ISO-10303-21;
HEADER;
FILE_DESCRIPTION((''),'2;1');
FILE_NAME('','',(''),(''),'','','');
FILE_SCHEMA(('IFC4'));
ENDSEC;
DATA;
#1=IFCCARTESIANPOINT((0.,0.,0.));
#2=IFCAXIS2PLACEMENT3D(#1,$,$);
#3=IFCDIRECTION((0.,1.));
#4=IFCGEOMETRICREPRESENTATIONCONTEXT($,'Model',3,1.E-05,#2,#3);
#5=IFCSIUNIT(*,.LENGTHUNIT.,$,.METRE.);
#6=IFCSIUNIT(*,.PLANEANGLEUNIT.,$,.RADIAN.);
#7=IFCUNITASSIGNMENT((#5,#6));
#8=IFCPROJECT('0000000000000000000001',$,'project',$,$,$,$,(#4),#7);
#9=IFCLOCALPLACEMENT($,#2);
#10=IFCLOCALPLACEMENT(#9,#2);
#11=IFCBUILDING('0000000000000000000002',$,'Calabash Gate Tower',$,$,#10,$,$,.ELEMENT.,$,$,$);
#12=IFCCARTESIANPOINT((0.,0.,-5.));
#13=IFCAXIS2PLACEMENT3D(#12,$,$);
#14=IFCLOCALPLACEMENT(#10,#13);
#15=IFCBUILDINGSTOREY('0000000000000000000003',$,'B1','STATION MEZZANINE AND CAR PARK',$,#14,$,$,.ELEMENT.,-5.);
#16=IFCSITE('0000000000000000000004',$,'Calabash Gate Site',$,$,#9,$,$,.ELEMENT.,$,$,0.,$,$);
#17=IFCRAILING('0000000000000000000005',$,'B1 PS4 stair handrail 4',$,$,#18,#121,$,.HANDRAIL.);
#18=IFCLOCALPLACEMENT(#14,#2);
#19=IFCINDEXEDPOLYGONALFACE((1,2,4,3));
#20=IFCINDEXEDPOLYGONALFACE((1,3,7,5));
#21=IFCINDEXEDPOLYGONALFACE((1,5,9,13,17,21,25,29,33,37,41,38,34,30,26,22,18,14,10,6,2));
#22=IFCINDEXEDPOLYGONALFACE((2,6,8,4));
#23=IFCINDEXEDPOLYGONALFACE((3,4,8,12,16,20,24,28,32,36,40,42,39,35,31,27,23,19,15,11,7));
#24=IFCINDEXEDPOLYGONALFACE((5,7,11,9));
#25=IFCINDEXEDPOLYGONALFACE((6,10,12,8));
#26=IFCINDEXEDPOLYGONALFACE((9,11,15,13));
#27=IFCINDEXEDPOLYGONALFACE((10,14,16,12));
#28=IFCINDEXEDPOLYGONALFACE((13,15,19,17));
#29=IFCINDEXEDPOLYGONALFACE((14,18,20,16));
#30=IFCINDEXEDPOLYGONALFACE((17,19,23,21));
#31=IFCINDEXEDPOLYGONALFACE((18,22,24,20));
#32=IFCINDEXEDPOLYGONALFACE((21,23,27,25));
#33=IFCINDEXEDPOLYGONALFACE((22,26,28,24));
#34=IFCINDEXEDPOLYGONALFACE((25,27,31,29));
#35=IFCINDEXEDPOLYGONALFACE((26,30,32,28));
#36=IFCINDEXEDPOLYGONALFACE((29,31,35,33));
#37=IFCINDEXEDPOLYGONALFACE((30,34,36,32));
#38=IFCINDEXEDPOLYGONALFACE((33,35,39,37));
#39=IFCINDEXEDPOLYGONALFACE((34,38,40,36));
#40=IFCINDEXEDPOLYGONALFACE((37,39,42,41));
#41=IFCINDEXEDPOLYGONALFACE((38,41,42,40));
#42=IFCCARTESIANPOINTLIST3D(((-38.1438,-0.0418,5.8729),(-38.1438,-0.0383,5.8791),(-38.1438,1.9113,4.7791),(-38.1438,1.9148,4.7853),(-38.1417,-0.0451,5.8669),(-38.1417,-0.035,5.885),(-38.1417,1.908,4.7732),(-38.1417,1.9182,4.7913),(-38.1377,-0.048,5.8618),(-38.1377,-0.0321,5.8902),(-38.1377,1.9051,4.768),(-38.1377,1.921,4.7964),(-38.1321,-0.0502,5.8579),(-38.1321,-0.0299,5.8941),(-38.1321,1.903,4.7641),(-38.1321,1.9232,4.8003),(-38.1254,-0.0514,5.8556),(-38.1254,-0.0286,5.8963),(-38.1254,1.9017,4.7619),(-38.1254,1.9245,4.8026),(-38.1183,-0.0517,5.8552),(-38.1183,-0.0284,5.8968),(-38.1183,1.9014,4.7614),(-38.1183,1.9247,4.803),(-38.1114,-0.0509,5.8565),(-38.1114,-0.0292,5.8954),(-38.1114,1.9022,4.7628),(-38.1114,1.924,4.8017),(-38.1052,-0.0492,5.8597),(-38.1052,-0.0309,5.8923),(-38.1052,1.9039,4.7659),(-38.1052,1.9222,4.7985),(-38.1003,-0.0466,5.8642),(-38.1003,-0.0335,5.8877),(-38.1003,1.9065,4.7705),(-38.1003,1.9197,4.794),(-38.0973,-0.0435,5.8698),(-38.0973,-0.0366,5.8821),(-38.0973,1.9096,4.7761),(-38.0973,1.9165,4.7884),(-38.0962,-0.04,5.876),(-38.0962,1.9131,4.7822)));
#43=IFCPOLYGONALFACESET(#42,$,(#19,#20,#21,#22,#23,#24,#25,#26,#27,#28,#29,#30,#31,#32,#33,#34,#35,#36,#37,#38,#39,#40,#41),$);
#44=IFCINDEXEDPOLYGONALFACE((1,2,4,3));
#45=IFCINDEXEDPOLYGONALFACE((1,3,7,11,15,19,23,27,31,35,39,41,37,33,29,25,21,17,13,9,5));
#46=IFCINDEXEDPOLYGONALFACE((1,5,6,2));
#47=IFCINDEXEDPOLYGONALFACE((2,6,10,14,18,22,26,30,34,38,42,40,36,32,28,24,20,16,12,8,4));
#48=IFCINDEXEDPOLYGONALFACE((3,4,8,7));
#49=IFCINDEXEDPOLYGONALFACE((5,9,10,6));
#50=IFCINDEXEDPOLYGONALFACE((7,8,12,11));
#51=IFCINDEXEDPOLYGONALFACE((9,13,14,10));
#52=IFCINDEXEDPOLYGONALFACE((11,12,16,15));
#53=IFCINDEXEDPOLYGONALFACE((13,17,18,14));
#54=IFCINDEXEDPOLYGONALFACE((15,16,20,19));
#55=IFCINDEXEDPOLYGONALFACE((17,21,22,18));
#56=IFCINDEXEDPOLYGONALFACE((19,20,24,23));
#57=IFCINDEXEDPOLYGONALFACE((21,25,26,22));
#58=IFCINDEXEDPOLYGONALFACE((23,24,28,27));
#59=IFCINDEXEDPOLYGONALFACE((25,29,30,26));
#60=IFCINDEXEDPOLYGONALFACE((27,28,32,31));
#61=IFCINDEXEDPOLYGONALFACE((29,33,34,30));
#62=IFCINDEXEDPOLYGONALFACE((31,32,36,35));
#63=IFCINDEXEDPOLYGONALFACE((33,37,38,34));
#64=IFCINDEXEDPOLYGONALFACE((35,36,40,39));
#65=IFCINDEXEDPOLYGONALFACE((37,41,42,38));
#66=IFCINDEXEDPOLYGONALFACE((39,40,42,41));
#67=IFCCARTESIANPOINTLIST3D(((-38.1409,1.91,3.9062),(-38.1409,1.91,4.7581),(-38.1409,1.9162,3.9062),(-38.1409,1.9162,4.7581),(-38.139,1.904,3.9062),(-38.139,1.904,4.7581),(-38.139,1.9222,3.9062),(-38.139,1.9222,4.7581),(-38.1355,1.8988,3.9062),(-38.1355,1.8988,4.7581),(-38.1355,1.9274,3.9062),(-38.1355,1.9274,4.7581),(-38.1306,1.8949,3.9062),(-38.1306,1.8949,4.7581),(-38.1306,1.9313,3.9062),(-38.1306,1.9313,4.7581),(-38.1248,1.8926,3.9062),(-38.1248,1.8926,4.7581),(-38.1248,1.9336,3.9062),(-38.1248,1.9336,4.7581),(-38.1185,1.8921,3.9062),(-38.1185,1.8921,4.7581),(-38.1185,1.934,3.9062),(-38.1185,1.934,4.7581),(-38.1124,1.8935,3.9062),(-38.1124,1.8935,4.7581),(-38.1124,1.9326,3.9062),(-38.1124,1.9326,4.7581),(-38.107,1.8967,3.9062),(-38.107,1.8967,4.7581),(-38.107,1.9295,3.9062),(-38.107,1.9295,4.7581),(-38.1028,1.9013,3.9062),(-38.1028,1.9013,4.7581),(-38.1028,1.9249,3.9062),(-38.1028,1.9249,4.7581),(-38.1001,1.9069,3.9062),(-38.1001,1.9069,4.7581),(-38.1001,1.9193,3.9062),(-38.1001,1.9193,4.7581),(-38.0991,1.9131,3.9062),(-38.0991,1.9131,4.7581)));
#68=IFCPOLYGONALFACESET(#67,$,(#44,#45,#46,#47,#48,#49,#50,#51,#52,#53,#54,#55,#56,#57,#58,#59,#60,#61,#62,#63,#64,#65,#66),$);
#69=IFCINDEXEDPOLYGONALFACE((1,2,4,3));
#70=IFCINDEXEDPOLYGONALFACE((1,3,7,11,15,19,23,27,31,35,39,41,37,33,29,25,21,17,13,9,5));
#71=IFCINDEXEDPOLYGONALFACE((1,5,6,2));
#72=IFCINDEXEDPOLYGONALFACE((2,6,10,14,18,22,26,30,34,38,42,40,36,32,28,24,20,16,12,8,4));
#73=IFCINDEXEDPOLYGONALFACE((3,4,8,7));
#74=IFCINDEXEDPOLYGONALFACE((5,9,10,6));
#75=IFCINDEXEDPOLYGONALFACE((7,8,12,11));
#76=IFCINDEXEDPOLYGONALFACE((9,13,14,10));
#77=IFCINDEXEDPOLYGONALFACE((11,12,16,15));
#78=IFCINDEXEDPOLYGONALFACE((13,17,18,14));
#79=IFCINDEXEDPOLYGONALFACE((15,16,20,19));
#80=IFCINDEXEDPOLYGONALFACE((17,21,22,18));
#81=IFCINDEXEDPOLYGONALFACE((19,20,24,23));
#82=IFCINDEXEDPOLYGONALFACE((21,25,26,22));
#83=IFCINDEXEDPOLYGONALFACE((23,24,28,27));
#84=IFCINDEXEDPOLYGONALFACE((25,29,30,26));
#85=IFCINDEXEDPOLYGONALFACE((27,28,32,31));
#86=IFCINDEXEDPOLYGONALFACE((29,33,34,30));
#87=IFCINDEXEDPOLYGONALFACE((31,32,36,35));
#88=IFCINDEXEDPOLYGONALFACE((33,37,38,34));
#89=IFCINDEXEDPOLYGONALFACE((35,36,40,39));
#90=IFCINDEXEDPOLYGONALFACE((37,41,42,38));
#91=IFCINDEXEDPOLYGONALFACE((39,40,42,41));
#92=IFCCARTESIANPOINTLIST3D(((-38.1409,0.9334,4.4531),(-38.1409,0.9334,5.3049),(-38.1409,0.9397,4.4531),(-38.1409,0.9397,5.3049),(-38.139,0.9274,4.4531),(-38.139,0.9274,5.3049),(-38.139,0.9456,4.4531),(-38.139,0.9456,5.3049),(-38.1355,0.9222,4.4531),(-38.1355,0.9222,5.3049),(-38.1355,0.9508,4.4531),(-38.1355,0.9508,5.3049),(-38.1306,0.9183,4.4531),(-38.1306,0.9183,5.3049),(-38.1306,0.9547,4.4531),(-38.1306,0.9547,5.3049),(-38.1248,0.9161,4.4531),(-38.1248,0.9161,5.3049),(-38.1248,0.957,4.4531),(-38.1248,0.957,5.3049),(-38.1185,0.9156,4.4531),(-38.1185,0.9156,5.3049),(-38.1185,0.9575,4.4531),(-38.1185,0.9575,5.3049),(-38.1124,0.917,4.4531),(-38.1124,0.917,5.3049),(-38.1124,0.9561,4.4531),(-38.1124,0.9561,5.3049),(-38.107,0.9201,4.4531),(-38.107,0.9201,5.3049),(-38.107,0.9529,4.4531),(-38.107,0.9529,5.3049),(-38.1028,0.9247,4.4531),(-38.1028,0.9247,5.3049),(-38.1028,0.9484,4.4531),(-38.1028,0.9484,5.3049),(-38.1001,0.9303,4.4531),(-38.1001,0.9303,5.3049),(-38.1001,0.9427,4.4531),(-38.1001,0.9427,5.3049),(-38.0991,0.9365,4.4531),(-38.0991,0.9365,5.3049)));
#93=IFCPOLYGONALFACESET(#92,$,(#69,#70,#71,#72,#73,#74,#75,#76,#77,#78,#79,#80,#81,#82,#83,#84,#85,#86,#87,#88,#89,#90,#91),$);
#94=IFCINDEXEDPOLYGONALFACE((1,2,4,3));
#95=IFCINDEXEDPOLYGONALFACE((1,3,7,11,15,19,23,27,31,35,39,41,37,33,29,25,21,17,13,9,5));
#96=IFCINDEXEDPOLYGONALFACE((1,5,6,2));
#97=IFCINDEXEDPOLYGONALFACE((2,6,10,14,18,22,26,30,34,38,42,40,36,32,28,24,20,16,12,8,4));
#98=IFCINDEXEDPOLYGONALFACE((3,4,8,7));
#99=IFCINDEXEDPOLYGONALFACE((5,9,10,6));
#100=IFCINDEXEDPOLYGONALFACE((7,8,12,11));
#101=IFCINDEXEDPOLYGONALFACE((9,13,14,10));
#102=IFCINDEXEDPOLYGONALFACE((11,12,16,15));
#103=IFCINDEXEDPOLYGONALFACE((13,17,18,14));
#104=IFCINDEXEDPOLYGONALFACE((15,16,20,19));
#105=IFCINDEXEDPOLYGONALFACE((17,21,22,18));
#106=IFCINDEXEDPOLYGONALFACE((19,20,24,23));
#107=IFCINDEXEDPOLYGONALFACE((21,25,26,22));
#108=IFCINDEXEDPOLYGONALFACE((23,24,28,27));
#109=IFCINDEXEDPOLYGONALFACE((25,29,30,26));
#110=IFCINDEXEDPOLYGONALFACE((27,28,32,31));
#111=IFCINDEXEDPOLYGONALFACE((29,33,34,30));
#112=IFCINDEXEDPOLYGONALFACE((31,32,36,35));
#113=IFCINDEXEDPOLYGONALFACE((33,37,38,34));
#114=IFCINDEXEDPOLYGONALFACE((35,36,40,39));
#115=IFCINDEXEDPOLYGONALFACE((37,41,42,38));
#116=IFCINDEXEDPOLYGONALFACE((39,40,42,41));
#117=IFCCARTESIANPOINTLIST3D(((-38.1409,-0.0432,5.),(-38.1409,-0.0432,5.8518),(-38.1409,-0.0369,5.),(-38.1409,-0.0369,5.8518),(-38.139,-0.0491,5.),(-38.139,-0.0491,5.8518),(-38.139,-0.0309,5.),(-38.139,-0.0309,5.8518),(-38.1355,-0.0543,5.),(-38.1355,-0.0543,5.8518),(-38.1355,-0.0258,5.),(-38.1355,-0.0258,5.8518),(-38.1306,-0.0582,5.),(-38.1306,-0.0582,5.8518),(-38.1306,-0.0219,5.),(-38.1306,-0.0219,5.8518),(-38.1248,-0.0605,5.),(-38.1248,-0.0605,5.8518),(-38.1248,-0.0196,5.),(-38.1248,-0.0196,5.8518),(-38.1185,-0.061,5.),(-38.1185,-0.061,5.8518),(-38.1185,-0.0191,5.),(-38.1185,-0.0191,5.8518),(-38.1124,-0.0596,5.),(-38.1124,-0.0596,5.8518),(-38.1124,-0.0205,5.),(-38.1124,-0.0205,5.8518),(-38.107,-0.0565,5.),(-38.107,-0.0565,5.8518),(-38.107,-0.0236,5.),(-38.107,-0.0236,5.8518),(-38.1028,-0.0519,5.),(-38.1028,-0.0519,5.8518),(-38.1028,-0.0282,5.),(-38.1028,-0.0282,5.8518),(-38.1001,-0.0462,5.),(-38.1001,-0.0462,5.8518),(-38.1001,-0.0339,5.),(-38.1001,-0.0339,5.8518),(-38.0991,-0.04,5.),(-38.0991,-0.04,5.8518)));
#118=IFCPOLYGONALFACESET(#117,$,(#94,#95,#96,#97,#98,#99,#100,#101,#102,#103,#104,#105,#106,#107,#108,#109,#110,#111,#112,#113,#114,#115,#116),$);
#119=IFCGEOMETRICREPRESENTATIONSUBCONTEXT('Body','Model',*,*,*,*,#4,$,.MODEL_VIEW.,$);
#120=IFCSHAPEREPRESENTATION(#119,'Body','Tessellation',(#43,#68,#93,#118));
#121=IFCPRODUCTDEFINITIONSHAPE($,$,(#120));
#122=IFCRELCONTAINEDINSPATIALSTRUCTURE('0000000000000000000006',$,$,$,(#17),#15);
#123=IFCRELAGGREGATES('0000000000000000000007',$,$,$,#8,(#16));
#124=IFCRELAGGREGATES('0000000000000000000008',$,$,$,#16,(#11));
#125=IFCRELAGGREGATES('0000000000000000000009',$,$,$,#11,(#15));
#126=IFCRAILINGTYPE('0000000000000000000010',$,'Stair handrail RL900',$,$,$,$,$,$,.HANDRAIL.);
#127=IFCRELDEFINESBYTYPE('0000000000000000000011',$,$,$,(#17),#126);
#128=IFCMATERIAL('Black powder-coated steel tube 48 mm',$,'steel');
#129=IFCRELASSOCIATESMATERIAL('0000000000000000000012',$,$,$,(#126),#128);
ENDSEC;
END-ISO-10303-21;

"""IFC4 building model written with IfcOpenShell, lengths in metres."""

from ifc_helpers import new_model, si_unit, direction, frame, origin, origin_2d, place, context, subcontext, project, spatial, circle, extrude, material, type_object, element, save


model = new_model("IFC4")

# Units and contexts
model_context = context("Model", 3, precision=1e-05, world=origin(), true_north=direction((0.0, 1.0)))
body_context = subcontext(model_context, "Body", "Model", "MODEL_VIEW")
ifc_project = project(units=[si_unit("LENGTHUNIT", "METRE"), si_unit("PLANEANGLEUNIT", "RADIAN")], contexts=[model_context])

# Site, building, storey
site_placement = place(None, origin())
site = spatial("IfcSite", under=ifc_project, at=site_placement, Name="Calabash Gate Site", CompositionType="ELEMENT", RefElevation=0.0)
building_placement = place(site_placement, origin())
building = spatial("IfcBuilding", under=site, at=building_placement, Name="Calabash Gate Tower", CompositionType="ELEMENT")
storey_placement = place(building_placement, frame((0.0, 0.0, -5.0)))
storey = spatial("IfcBuildingStorey", under=building, at=storey_placement, Name="B1", Description="STATION MEZZANINE AND CAR PARK", CompositionType="ELEMENT", Elevation=-5.0)

# Railing
ifc_material_1 = material(Name="Black powder-coated steel tube 48 mm", Category="steel")
railing_type_1 = type_object("IfcRailingType", Name="Stair handrail RL900", PredefinedType="HANDRAIL", material=ifc_material_1)
railing_1_placement = place(storey_placement, frame((-38.1201, 1.9131, 3.9062)))
element("IfcRailing", 1, at=railing_1_placement, inside=storey, type_object=railing_type_1, Name="B1 PS4 stair handrail 4", PredefinedType="HANDRAIL", context=body_context, shape_type="SweptSolid", body=[
    extrude(circle(Radius=0.0239, at=origin_2d()), frame((0.0, 0.0, 0.876), z_axis=(0.0, -0.872506, 0.488603), x_axis=(1.0, 0.0, 0.0)), (0.0, 0.0, 1.0), 2.2385),
    extrude(circle(Radius=0.021, at=origin_2d()), origin(), (0.0, 0.0, 1.0), 0.8518),
    extrude(circle(Radius=0.021, at=origin_2d()), frame((0.0, -0.9766, 0.5469)), (0.0, 0.0, 1.0), 0.8518),
    extrude(circle(Radius=0.021, at=origin_2d()), frame((0.0, -1.9531, 1.0938)), (0.0, 0.0, 1.0), 0.8518),
])

save(model, "model.ifc")
